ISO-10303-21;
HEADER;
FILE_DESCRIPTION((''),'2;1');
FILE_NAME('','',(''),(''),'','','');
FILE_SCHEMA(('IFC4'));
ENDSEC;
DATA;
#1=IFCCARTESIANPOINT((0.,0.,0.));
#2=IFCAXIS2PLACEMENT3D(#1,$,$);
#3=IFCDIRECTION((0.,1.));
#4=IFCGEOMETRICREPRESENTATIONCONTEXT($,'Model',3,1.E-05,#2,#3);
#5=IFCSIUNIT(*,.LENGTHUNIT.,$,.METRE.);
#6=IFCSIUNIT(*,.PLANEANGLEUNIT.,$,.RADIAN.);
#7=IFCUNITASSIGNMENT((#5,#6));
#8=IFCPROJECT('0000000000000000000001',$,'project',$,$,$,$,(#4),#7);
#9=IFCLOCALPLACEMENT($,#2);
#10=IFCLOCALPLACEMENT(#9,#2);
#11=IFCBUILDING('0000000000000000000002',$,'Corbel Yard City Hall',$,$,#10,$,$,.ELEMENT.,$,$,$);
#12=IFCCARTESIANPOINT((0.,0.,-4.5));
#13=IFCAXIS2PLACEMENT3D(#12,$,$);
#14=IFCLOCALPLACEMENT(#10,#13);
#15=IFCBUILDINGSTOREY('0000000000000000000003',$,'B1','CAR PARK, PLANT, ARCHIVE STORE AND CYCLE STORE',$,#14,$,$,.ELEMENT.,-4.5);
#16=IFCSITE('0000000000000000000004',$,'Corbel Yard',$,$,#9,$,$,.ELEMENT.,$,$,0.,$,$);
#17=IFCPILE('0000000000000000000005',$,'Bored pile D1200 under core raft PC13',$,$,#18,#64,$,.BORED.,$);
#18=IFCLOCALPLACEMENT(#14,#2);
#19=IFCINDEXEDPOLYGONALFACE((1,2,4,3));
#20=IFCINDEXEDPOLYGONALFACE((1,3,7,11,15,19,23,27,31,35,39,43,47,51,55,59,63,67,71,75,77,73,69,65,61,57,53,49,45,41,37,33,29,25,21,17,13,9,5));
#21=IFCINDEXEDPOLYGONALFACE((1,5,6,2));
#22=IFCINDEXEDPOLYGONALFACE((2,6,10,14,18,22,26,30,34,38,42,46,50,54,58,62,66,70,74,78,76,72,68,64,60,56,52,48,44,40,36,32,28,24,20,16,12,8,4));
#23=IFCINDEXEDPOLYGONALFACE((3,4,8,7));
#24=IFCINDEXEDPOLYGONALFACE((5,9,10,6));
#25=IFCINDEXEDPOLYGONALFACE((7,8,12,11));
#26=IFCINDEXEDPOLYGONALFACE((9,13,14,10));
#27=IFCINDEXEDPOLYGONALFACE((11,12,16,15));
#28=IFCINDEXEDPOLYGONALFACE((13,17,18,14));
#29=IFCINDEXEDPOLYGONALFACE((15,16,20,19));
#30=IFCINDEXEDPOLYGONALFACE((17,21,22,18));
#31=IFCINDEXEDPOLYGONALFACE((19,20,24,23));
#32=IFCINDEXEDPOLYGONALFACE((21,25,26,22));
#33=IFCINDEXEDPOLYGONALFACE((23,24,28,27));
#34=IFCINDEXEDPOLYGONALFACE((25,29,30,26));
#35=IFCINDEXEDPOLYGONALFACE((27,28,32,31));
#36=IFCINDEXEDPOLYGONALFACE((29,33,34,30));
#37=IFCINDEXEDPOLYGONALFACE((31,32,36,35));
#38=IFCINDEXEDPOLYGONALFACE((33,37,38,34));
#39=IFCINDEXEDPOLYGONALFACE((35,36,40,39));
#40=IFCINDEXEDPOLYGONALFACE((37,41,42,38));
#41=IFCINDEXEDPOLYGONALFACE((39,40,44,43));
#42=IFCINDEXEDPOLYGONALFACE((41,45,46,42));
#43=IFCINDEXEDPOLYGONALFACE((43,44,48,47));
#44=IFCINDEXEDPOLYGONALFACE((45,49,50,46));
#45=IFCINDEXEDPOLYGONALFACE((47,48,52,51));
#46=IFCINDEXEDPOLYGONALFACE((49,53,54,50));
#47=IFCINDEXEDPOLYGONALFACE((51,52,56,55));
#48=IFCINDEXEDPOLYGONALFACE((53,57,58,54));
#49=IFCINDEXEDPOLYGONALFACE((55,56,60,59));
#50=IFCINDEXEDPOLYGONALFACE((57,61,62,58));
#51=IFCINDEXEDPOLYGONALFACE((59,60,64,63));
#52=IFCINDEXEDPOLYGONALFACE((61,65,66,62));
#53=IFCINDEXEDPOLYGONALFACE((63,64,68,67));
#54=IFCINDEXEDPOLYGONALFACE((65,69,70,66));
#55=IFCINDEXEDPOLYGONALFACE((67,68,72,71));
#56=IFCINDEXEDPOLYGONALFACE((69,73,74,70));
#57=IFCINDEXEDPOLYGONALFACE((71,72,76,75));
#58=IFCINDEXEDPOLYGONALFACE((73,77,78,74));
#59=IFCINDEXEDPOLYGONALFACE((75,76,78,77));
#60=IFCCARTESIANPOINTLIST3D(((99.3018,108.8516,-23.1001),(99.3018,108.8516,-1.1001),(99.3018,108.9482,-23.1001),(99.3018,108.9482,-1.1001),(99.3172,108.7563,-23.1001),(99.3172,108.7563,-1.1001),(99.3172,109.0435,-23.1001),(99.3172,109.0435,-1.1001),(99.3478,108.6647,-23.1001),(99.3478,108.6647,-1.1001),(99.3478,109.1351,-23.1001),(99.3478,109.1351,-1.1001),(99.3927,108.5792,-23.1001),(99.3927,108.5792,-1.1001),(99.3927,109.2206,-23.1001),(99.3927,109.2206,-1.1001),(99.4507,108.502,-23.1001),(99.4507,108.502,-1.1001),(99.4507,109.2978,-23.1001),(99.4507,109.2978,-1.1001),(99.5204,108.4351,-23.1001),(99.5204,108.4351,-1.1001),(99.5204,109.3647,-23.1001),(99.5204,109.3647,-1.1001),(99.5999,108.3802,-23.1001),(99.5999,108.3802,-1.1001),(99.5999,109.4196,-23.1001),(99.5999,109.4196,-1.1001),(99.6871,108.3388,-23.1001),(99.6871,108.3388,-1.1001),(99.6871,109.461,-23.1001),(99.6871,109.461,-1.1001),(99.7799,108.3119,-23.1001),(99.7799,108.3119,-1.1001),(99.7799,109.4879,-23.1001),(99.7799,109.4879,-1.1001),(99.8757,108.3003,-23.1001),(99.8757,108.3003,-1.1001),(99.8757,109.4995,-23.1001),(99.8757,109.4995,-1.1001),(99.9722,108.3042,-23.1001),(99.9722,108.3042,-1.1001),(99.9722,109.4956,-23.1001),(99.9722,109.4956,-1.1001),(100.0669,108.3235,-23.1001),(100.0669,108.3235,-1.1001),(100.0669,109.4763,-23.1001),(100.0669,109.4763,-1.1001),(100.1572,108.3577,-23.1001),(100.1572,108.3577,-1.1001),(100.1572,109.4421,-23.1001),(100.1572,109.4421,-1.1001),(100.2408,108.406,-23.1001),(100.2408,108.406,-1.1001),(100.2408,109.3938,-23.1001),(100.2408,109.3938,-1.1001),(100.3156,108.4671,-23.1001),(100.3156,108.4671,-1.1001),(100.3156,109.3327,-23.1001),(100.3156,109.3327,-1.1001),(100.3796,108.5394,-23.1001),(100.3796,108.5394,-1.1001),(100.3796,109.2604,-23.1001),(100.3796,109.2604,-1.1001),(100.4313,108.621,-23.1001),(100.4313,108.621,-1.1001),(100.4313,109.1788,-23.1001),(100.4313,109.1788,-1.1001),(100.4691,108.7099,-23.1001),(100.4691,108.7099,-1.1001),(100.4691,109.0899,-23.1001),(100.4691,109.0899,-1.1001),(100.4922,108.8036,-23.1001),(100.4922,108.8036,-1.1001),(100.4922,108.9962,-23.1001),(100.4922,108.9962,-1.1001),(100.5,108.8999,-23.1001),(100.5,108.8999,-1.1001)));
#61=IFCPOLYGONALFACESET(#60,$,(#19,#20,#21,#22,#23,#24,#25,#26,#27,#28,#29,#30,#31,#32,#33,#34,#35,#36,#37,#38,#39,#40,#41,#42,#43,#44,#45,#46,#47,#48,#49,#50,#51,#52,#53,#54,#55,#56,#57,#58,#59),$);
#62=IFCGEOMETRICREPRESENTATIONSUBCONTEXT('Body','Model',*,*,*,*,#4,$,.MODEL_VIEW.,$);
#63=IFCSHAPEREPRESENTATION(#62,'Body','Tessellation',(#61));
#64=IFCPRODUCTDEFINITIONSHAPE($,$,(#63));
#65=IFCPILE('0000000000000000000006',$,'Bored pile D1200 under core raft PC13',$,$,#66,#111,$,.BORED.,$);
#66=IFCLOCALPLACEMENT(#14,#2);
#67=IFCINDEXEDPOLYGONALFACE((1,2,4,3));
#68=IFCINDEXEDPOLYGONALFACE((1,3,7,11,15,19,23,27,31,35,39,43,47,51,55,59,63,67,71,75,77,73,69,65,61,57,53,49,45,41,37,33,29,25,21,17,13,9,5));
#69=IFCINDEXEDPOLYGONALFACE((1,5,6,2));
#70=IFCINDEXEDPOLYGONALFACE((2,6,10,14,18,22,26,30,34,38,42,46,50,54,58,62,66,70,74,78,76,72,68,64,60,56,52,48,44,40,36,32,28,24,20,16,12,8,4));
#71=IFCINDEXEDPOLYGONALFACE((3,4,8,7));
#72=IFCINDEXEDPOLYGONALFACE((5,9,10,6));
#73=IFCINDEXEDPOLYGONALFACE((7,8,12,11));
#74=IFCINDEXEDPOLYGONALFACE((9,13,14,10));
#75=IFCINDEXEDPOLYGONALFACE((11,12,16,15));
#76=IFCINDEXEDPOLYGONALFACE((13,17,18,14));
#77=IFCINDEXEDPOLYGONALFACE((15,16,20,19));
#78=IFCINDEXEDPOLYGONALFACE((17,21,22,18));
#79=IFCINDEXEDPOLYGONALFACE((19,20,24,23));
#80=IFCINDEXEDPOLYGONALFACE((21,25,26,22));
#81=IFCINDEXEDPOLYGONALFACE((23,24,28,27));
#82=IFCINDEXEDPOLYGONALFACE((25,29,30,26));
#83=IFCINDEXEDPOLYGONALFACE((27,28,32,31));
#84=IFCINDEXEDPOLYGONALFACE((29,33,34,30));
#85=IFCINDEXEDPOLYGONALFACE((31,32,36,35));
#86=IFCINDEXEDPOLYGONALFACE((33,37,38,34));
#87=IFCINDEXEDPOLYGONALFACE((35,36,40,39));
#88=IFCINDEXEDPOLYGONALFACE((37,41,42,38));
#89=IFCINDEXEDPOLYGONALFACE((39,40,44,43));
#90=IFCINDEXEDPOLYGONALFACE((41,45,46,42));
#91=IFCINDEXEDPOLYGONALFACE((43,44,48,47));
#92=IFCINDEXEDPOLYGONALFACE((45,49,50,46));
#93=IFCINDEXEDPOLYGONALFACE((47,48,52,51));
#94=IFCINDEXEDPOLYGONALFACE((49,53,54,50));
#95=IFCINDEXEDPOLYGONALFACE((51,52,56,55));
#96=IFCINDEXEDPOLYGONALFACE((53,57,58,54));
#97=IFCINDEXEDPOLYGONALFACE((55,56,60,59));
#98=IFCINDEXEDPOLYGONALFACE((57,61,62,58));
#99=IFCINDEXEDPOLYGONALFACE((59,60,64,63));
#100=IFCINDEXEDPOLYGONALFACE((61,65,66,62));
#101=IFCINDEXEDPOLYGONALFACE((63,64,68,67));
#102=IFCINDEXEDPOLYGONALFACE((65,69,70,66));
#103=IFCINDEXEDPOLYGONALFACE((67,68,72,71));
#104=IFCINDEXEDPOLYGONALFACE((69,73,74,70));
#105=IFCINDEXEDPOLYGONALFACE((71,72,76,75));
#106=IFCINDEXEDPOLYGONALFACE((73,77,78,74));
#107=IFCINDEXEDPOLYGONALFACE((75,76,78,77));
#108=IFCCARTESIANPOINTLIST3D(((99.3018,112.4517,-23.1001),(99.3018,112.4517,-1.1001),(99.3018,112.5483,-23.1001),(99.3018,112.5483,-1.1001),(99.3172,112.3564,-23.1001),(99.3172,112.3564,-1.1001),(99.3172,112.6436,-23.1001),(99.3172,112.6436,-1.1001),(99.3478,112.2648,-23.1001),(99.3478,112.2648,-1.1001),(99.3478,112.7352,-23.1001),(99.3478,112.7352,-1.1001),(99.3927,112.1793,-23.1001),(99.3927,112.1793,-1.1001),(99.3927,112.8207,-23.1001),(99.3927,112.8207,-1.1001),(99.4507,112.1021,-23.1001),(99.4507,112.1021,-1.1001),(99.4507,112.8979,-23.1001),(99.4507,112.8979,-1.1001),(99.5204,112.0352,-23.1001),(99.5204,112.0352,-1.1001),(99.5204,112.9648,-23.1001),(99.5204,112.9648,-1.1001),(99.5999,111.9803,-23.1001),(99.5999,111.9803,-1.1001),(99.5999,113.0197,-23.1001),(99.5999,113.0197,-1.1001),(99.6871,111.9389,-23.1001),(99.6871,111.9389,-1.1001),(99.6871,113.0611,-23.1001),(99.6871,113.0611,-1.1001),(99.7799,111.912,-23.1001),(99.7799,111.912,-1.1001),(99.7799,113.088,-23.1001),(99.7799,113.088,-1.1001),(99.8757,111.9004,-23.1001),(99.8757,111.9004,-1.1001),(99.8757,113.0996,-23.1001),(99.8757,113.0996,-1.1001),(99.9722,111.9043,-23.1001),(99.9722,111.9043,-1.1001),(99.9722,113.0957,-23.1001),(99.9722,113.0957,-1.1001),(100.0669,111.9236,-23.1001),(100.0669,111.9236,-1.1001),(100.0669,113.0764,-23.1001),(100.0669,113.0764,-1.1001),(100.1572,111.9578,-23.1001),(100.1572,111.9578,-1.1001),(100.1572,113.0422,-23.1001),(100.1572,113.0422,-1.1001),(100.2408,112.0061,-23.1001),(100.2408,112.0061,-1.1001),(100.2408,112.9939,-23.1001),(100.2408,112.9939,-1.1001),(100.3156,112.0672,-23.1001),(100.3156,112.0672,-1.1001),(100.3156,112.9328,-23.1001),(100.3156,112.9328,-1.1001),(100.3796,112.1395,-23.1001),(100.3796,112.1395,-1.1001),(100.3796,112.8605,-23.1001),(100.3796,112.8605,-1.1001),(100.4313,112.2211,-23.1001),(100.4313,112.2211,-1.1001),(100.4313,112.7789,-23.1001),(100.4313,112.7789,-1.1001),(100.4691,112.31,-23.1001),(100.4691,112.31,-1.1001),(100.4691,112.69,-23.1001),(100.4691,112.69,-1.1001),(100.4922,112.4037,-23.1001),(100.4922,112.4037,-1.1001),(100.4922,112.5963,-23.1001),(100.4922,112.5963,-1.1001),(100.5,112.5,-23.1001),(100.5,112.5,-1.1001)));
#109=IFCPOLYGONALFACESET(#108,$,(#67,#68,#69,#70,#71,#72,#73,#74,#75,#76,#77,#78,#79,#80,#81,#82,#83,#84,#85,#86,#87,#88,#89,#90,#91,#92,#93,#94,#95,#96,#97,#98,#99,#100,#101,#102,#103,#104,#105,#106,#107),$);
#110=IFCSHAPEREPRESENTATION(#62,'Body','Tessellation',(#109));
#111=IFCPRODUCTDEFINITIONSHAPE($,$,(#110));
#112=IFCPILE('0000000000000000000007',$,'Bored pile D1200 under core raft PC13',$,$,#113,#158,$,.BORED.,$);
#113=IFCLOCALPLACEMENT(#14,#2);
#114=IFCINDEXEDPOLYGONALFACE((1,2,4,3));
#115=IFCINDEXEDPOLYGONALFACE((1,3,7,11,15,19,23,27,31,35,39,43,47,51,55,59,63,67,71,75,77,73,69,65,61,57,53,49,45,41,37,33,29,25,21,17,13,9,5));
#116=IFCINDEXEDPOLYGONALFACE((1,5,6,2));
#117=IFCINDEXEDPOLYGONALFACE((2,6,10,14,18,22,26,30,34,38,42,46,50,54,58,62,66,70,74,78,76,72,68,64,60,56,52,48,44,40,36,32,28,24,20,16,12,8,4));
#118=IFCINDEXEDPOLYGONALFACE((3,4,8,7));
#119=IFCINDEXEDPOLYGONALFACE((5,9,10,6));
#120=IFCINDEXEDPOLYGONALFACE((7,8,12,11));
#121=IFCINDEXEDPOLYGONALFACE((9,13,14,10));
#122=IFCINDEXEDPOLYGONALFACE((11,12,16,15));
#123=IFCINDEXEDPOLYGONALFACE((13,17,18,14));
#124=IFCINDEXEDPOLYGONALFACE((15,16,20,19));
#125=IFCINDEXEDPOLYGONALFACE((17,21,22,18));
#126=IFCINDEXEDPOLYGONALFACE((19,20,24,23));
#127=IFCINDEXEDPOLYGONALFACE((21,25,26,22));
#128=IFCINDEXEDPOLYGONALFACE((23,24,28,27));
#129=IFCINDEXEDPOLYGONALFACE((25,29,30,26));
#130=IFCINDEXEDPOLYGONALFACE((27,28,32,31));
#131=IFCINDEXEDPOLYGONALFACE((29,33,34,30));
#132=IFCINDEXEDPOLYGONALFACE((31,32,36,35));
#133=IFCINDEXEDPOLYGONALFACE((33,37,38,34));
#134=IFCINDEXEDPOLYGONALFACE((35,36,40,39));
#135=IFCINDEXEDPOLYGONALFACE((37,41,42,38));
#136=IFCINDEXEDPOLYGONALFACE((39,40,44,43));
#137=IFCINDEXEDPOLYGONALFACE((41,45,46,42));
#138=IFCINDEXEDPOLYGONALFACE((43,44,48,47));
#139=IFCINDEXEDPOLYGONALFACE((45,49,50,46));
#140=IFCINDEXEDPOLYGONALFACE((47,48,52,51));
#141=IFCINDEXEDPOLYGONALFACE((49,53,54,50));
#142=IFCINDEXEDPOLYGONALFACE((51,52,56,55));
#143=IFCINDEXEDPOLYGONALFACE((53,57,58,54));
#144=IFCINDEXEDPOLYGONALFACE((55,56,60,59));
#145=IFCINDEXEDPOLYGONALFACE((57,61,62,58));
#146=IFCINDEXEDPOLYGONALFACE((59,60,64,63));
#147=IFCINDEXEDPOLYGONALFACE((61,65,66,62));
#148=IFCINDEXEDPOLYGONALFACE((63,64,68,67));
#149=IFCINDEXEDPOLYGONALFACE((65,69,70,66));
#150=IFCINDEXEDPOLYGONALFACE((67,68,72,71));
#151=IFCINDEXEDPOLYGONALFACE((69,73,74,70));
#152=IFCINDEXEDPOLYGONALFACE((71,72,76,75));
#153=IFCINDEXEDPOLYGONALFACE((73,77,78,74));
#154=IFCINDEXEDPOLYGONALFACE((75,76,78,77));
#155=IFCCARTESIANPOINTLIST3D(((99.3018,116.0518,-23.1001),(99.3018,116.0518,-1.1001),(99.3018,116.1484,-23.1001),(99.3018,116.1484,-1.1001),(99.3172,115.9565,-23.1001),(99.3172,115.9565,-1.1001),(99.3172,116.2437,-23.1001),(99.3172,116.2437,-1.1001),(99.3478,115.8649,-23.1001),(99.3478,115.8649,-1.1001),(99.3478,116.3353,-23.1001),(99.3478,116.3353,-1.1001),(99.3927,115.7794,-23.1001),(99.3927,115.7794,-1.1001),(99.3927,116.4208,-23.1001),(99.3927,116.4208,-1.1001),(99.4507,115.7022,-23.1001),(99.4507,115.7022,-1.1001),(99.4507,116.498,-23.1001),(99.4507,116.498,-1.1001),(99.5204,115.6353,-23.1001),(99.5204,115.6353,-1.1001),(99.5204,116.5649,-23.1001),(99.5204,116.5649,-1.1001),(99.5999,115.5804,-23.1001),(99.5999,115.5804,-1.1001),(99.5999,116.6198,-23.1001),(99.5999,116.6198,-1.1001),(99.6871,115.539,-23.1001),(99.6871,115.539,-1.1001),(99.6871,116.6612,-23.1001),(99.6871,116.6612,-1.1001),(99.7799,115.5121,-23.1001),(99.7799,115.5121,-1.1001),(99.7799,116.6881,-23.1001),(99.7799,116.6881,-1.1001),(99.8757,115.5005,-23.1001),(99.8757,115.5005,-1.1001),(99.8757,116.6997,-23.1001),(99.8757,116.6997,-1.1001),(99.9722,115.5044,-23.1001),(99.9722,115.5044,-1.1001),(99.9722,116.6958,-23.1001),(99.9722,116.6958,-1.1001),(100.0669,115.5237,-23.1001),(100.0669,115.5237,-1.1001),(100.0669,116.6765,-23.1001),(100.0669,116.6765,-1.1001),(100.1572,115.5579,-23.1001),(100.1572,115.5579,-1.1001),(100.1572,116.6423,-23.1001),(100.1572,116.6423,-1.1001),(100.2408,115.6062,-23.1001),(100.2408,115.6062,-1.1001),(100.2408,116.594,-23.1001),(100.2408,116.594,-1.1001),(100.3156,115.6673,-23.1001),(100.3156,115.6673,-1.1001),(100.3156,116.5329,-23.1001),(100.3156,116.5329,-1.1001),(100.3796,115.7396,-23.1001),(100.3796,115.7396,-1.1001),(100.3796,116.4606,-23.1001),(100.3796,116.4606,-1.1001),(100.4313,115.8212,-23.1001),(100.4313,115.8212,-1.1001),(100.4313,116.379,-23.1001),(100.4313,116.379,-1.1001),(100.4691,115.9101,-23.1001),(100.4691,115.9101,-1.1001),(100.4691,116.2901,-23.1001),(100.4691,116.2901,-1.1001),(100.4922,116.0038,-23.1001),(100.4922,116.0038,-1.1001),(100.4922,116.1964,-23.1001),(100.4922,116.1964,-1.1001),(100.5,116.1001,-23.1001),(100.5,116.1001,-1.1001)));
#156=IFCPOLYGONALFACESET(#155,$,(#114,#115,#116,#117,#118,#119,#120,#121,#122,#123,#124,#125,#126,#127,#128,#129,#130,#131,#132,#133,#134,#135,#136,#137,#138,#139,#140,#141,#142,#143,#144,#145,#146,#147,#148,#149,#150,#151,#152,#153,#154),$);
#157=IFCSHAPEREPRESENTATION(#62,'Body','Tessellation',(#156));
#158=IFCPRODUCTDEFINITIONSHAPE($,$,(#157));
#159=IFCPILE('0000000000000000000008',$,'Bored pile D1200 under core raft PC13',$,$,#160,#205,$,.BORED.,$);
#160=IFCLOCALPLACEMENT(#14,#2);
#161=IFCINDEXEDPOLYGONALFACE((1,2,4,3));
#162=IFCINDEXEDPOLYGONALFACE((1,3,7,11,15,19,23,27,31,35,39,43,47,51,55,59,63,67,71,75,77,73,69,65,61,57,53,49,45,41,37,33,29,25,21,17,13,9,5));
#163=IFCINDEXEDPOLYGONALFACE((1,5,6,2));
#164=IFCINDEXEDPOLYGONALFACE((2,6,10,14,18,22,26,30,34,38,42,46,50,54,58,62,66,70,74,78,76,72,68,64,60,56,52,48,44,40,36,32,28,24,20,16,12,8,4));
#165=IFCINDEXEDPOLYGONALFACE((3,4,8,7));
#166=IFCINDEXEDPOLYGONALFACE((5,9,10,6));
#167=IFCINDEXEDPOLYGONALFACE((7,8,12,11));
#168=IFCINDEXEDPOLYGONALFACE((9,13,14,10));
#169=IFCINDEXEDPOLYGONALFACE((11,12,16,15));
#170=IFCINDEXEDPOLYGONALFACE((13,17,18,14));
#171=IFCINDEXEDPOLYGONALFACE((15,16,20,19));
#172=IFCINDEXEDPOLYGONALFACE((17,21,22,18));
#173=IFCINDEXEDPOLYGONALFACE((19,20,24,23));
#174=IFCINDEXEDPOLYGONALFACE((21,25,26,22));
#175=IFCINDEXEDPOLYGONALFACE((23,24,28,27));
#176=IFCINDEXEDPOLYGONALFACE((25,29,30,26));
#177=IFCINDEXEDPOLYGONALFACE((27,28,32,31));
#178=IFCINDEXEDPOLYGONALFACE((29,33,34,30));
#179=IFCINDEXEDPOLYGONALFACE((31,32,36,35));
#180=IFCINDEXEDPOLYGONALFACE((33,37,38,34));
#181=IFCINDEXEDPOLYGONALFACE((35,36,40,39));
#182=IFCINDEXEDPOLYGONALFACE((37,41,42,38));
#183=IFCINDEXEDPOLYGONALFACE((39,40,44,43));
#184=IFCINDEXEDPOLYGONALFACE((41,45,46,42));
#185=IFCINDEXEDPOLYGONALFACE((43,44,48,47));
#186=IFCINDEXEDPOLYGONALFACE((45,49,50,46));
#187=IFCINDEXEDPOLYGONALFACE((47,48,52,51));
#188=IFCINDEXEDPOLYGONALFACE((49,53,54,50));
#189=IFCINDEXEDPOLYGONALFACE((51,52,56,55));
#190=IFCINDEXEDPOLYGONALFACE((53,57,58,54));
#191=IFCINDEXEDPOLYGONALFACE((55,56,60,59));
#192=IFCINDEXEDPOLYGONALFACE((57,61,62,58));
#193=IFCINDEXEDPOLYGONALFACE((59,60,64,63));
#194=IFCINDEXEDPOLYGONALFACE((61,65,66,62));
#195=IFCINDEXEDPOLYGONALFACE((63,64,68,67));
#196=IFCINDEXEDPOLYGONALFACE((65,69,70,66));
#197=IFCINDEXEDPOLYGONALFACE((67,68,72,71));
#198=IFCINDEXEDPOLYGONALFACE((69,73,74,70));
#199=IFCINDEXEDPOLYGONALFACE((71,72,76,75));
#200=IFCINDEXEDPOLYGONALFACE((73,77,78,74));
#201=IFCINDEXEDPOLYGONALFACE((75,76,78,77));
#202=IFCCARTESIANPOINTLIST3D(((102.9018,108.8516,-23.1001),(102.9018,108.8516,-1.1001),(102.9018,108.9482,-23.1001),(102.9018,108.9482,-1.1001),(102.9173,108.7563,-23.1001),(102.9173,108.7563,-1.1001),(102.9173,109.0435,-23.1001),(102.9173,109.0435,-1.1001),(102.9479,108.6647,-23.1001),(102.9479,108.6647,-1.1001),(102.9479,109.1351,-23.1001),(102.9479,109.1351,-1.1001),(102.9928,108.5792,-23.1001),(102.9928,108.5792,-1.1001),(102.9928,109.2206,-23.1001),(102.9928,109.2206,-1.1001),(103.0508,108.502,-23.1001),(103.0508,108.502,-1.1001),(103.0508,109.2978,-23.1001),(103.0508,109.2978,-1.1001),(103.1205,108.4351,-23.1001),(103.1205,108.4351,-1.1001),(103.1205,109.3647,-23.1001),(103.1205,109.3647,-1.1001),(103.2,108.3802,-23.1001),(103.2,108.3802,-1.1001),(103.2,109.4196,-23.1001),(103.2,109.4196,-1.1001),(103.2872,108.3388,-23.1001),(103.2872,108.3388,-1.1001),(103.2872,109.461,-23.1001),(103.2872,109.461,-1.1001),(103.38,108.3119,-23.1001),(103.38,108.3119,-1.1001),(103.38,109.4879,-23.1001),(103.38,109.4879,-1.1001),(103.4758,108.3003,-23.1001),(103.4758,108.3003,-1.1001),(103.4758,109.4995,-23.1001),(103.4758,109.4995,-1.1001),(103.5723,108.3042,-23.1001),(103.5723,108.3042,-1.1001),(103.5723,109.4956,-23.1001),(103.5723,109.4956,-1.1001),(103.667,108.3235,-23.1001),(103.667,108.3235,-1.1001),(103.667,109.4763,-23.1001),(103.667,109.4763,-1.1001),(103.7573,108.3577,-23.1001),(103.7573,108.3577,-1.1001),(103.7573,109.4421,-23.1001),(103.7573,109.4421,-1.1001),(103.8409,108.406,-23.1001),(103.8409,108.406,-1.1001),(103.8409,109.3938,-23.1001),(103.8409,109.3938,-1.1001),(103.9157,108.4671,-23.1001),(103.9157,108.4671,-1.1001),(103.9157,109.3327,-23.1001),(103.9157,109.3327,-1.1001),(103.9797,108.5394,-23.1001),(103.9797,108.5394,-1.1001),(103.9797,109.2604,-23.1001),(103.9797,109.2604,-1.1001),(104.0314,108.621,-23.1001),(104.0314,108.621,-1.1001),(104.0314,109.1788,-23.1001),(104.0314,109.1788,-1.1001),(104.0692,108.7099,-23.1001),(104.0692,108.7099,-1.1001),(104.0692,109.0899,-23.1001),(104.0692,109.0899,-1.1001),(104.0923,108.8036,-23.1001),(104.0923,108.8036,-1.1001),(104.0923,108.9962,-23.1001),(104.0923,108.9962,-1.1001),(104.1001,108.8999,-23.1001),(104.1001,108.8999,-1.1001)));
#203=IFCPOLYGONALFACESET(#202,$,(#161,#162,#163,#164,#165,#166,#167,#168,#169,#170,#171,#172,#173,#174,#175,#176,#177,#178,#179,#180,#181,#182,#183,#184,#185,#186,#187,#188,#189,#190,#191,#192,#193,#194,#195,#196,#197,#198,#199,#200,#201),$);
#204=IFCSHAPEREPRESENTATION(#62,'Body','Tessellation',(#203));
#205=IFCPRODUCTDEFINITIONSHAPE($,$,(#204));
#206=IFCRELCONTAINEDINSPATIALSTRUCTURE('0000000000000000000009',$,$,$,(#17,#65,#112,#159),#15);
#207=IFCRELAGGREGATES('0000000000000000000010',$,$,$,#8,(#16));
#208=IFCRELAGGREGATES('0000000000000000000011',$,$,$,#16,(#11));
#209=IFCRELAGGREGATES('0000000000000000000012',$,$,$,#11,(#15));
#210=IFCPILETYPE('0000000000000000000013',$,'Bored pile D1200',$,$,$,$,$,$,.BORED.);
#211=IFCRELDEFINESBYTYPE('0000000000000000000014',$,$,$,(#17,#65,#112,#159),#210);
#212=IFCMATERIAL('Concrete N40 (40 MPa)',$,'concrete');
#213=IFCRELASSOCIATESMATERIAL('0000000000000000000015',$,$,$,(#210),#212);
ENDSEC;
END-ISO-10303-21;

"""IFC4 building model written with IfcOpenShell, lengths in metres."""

from ifc_helpers import new_model, si_unit, direction, frame, origin, origin_2d, place, context, subcontext, project, spatial, circle, extrude, material, material_profile, profile_set, type_object, element, save


model = new_model("IFC4")

# Units and contexts
model_context = context("Model", 3, precision=1e-05, world=origin(), true_north=direction((0.0, 1.0)))
body_context = subcontext(model_context, "Body", "Model", "MODEL_VIEW")
ifc_project = project(units=[si_unit("LENGTHUNIT", "METRE"), si_unit("PLANEANGLEUNIT", "RADIAN")], contexts=[model_context])

# Site, building, storey
site_placement = place(None, origin())
site = spatial("IfcSite", under=ifc_project, at=site_placement, Name="Corbel Yard", CompositionType="ELEMENT", RefElevation=0.0)
building_placement = place(site_placement, origin())
building = spatial("IfcBuilding", under=site, at=building_placement, Name="Corbel Yard City Hall", CompositionType="ELEMENT")
storey_placement = place(building_placement, frame((0.0, 0.0, -4.5)))
storey = spatial("IfcBuildingStorey", under=building, at=storey_placement, Name="B1", Description="CAR PARK, PLANT, ARCHIVE STORE AND CYCLE STORE", CompositionType="ELEMENT", Elevation=-4.5)

# Piles
ifc_material_1 = material(Name="Concrete N40 (40 MPa)", Category="concrete")
ifc_material_profile_1 = material_profile(ifc_material_1, circle(Radius=0.6001, at=origin_2d()), Name="D1200")
ifc_profile_set_1 = profile_set([ifc_material_profile_1], Name="Concrete N40 (40 MPa)")
pile_type_1 = type_object("IfcPileType", Name="Bored pile D1200", PredefinedType="BORED", material=ifc_profile_set_1)
for number, where, z_axis, x_axis, name in (
    (1, (99.8999, 108.8999, -1.1001), (0.0, 0.0, -1.0), (1.0, 0.0, 0.0), "Bored pile D1200 under core raft PC13"),
    (2, (99.8999, 112.5, -1.1001), (0.0, 0.0, -1.0), (1.0, 0.0, 0.0), "Bored pile D1200 under core raft PC13"),
    (3, (99.8999, 116.1001, -1.1001), (0.0, 0.0, -1.0), (1.0, 0.0, 0.0), "Bored pile D1200 under core raft PC13"),
    (4, (103.5, 108.8999, -1.1001), (0.0, 0.0, -1.0), (1.0, 0.0, 0.0), "Bored pile D1200 under core raft PC13"),
):
    element("IfcPile", number, at=place(storey_placement, frame(where, z_axis=z_axis, x_axis=x_axis)), inside=storey, type_object=pile_type_1, Name=name, PredefinedType="BORED", context=body_context, shape_type="SweptSolid", body=[
        extrude(circle(Radius=0.6001, at=origin_2d()), origin(), (0.0, 0.0, 1.0), 22.0),
    ])

save(model, "model.ifc")
